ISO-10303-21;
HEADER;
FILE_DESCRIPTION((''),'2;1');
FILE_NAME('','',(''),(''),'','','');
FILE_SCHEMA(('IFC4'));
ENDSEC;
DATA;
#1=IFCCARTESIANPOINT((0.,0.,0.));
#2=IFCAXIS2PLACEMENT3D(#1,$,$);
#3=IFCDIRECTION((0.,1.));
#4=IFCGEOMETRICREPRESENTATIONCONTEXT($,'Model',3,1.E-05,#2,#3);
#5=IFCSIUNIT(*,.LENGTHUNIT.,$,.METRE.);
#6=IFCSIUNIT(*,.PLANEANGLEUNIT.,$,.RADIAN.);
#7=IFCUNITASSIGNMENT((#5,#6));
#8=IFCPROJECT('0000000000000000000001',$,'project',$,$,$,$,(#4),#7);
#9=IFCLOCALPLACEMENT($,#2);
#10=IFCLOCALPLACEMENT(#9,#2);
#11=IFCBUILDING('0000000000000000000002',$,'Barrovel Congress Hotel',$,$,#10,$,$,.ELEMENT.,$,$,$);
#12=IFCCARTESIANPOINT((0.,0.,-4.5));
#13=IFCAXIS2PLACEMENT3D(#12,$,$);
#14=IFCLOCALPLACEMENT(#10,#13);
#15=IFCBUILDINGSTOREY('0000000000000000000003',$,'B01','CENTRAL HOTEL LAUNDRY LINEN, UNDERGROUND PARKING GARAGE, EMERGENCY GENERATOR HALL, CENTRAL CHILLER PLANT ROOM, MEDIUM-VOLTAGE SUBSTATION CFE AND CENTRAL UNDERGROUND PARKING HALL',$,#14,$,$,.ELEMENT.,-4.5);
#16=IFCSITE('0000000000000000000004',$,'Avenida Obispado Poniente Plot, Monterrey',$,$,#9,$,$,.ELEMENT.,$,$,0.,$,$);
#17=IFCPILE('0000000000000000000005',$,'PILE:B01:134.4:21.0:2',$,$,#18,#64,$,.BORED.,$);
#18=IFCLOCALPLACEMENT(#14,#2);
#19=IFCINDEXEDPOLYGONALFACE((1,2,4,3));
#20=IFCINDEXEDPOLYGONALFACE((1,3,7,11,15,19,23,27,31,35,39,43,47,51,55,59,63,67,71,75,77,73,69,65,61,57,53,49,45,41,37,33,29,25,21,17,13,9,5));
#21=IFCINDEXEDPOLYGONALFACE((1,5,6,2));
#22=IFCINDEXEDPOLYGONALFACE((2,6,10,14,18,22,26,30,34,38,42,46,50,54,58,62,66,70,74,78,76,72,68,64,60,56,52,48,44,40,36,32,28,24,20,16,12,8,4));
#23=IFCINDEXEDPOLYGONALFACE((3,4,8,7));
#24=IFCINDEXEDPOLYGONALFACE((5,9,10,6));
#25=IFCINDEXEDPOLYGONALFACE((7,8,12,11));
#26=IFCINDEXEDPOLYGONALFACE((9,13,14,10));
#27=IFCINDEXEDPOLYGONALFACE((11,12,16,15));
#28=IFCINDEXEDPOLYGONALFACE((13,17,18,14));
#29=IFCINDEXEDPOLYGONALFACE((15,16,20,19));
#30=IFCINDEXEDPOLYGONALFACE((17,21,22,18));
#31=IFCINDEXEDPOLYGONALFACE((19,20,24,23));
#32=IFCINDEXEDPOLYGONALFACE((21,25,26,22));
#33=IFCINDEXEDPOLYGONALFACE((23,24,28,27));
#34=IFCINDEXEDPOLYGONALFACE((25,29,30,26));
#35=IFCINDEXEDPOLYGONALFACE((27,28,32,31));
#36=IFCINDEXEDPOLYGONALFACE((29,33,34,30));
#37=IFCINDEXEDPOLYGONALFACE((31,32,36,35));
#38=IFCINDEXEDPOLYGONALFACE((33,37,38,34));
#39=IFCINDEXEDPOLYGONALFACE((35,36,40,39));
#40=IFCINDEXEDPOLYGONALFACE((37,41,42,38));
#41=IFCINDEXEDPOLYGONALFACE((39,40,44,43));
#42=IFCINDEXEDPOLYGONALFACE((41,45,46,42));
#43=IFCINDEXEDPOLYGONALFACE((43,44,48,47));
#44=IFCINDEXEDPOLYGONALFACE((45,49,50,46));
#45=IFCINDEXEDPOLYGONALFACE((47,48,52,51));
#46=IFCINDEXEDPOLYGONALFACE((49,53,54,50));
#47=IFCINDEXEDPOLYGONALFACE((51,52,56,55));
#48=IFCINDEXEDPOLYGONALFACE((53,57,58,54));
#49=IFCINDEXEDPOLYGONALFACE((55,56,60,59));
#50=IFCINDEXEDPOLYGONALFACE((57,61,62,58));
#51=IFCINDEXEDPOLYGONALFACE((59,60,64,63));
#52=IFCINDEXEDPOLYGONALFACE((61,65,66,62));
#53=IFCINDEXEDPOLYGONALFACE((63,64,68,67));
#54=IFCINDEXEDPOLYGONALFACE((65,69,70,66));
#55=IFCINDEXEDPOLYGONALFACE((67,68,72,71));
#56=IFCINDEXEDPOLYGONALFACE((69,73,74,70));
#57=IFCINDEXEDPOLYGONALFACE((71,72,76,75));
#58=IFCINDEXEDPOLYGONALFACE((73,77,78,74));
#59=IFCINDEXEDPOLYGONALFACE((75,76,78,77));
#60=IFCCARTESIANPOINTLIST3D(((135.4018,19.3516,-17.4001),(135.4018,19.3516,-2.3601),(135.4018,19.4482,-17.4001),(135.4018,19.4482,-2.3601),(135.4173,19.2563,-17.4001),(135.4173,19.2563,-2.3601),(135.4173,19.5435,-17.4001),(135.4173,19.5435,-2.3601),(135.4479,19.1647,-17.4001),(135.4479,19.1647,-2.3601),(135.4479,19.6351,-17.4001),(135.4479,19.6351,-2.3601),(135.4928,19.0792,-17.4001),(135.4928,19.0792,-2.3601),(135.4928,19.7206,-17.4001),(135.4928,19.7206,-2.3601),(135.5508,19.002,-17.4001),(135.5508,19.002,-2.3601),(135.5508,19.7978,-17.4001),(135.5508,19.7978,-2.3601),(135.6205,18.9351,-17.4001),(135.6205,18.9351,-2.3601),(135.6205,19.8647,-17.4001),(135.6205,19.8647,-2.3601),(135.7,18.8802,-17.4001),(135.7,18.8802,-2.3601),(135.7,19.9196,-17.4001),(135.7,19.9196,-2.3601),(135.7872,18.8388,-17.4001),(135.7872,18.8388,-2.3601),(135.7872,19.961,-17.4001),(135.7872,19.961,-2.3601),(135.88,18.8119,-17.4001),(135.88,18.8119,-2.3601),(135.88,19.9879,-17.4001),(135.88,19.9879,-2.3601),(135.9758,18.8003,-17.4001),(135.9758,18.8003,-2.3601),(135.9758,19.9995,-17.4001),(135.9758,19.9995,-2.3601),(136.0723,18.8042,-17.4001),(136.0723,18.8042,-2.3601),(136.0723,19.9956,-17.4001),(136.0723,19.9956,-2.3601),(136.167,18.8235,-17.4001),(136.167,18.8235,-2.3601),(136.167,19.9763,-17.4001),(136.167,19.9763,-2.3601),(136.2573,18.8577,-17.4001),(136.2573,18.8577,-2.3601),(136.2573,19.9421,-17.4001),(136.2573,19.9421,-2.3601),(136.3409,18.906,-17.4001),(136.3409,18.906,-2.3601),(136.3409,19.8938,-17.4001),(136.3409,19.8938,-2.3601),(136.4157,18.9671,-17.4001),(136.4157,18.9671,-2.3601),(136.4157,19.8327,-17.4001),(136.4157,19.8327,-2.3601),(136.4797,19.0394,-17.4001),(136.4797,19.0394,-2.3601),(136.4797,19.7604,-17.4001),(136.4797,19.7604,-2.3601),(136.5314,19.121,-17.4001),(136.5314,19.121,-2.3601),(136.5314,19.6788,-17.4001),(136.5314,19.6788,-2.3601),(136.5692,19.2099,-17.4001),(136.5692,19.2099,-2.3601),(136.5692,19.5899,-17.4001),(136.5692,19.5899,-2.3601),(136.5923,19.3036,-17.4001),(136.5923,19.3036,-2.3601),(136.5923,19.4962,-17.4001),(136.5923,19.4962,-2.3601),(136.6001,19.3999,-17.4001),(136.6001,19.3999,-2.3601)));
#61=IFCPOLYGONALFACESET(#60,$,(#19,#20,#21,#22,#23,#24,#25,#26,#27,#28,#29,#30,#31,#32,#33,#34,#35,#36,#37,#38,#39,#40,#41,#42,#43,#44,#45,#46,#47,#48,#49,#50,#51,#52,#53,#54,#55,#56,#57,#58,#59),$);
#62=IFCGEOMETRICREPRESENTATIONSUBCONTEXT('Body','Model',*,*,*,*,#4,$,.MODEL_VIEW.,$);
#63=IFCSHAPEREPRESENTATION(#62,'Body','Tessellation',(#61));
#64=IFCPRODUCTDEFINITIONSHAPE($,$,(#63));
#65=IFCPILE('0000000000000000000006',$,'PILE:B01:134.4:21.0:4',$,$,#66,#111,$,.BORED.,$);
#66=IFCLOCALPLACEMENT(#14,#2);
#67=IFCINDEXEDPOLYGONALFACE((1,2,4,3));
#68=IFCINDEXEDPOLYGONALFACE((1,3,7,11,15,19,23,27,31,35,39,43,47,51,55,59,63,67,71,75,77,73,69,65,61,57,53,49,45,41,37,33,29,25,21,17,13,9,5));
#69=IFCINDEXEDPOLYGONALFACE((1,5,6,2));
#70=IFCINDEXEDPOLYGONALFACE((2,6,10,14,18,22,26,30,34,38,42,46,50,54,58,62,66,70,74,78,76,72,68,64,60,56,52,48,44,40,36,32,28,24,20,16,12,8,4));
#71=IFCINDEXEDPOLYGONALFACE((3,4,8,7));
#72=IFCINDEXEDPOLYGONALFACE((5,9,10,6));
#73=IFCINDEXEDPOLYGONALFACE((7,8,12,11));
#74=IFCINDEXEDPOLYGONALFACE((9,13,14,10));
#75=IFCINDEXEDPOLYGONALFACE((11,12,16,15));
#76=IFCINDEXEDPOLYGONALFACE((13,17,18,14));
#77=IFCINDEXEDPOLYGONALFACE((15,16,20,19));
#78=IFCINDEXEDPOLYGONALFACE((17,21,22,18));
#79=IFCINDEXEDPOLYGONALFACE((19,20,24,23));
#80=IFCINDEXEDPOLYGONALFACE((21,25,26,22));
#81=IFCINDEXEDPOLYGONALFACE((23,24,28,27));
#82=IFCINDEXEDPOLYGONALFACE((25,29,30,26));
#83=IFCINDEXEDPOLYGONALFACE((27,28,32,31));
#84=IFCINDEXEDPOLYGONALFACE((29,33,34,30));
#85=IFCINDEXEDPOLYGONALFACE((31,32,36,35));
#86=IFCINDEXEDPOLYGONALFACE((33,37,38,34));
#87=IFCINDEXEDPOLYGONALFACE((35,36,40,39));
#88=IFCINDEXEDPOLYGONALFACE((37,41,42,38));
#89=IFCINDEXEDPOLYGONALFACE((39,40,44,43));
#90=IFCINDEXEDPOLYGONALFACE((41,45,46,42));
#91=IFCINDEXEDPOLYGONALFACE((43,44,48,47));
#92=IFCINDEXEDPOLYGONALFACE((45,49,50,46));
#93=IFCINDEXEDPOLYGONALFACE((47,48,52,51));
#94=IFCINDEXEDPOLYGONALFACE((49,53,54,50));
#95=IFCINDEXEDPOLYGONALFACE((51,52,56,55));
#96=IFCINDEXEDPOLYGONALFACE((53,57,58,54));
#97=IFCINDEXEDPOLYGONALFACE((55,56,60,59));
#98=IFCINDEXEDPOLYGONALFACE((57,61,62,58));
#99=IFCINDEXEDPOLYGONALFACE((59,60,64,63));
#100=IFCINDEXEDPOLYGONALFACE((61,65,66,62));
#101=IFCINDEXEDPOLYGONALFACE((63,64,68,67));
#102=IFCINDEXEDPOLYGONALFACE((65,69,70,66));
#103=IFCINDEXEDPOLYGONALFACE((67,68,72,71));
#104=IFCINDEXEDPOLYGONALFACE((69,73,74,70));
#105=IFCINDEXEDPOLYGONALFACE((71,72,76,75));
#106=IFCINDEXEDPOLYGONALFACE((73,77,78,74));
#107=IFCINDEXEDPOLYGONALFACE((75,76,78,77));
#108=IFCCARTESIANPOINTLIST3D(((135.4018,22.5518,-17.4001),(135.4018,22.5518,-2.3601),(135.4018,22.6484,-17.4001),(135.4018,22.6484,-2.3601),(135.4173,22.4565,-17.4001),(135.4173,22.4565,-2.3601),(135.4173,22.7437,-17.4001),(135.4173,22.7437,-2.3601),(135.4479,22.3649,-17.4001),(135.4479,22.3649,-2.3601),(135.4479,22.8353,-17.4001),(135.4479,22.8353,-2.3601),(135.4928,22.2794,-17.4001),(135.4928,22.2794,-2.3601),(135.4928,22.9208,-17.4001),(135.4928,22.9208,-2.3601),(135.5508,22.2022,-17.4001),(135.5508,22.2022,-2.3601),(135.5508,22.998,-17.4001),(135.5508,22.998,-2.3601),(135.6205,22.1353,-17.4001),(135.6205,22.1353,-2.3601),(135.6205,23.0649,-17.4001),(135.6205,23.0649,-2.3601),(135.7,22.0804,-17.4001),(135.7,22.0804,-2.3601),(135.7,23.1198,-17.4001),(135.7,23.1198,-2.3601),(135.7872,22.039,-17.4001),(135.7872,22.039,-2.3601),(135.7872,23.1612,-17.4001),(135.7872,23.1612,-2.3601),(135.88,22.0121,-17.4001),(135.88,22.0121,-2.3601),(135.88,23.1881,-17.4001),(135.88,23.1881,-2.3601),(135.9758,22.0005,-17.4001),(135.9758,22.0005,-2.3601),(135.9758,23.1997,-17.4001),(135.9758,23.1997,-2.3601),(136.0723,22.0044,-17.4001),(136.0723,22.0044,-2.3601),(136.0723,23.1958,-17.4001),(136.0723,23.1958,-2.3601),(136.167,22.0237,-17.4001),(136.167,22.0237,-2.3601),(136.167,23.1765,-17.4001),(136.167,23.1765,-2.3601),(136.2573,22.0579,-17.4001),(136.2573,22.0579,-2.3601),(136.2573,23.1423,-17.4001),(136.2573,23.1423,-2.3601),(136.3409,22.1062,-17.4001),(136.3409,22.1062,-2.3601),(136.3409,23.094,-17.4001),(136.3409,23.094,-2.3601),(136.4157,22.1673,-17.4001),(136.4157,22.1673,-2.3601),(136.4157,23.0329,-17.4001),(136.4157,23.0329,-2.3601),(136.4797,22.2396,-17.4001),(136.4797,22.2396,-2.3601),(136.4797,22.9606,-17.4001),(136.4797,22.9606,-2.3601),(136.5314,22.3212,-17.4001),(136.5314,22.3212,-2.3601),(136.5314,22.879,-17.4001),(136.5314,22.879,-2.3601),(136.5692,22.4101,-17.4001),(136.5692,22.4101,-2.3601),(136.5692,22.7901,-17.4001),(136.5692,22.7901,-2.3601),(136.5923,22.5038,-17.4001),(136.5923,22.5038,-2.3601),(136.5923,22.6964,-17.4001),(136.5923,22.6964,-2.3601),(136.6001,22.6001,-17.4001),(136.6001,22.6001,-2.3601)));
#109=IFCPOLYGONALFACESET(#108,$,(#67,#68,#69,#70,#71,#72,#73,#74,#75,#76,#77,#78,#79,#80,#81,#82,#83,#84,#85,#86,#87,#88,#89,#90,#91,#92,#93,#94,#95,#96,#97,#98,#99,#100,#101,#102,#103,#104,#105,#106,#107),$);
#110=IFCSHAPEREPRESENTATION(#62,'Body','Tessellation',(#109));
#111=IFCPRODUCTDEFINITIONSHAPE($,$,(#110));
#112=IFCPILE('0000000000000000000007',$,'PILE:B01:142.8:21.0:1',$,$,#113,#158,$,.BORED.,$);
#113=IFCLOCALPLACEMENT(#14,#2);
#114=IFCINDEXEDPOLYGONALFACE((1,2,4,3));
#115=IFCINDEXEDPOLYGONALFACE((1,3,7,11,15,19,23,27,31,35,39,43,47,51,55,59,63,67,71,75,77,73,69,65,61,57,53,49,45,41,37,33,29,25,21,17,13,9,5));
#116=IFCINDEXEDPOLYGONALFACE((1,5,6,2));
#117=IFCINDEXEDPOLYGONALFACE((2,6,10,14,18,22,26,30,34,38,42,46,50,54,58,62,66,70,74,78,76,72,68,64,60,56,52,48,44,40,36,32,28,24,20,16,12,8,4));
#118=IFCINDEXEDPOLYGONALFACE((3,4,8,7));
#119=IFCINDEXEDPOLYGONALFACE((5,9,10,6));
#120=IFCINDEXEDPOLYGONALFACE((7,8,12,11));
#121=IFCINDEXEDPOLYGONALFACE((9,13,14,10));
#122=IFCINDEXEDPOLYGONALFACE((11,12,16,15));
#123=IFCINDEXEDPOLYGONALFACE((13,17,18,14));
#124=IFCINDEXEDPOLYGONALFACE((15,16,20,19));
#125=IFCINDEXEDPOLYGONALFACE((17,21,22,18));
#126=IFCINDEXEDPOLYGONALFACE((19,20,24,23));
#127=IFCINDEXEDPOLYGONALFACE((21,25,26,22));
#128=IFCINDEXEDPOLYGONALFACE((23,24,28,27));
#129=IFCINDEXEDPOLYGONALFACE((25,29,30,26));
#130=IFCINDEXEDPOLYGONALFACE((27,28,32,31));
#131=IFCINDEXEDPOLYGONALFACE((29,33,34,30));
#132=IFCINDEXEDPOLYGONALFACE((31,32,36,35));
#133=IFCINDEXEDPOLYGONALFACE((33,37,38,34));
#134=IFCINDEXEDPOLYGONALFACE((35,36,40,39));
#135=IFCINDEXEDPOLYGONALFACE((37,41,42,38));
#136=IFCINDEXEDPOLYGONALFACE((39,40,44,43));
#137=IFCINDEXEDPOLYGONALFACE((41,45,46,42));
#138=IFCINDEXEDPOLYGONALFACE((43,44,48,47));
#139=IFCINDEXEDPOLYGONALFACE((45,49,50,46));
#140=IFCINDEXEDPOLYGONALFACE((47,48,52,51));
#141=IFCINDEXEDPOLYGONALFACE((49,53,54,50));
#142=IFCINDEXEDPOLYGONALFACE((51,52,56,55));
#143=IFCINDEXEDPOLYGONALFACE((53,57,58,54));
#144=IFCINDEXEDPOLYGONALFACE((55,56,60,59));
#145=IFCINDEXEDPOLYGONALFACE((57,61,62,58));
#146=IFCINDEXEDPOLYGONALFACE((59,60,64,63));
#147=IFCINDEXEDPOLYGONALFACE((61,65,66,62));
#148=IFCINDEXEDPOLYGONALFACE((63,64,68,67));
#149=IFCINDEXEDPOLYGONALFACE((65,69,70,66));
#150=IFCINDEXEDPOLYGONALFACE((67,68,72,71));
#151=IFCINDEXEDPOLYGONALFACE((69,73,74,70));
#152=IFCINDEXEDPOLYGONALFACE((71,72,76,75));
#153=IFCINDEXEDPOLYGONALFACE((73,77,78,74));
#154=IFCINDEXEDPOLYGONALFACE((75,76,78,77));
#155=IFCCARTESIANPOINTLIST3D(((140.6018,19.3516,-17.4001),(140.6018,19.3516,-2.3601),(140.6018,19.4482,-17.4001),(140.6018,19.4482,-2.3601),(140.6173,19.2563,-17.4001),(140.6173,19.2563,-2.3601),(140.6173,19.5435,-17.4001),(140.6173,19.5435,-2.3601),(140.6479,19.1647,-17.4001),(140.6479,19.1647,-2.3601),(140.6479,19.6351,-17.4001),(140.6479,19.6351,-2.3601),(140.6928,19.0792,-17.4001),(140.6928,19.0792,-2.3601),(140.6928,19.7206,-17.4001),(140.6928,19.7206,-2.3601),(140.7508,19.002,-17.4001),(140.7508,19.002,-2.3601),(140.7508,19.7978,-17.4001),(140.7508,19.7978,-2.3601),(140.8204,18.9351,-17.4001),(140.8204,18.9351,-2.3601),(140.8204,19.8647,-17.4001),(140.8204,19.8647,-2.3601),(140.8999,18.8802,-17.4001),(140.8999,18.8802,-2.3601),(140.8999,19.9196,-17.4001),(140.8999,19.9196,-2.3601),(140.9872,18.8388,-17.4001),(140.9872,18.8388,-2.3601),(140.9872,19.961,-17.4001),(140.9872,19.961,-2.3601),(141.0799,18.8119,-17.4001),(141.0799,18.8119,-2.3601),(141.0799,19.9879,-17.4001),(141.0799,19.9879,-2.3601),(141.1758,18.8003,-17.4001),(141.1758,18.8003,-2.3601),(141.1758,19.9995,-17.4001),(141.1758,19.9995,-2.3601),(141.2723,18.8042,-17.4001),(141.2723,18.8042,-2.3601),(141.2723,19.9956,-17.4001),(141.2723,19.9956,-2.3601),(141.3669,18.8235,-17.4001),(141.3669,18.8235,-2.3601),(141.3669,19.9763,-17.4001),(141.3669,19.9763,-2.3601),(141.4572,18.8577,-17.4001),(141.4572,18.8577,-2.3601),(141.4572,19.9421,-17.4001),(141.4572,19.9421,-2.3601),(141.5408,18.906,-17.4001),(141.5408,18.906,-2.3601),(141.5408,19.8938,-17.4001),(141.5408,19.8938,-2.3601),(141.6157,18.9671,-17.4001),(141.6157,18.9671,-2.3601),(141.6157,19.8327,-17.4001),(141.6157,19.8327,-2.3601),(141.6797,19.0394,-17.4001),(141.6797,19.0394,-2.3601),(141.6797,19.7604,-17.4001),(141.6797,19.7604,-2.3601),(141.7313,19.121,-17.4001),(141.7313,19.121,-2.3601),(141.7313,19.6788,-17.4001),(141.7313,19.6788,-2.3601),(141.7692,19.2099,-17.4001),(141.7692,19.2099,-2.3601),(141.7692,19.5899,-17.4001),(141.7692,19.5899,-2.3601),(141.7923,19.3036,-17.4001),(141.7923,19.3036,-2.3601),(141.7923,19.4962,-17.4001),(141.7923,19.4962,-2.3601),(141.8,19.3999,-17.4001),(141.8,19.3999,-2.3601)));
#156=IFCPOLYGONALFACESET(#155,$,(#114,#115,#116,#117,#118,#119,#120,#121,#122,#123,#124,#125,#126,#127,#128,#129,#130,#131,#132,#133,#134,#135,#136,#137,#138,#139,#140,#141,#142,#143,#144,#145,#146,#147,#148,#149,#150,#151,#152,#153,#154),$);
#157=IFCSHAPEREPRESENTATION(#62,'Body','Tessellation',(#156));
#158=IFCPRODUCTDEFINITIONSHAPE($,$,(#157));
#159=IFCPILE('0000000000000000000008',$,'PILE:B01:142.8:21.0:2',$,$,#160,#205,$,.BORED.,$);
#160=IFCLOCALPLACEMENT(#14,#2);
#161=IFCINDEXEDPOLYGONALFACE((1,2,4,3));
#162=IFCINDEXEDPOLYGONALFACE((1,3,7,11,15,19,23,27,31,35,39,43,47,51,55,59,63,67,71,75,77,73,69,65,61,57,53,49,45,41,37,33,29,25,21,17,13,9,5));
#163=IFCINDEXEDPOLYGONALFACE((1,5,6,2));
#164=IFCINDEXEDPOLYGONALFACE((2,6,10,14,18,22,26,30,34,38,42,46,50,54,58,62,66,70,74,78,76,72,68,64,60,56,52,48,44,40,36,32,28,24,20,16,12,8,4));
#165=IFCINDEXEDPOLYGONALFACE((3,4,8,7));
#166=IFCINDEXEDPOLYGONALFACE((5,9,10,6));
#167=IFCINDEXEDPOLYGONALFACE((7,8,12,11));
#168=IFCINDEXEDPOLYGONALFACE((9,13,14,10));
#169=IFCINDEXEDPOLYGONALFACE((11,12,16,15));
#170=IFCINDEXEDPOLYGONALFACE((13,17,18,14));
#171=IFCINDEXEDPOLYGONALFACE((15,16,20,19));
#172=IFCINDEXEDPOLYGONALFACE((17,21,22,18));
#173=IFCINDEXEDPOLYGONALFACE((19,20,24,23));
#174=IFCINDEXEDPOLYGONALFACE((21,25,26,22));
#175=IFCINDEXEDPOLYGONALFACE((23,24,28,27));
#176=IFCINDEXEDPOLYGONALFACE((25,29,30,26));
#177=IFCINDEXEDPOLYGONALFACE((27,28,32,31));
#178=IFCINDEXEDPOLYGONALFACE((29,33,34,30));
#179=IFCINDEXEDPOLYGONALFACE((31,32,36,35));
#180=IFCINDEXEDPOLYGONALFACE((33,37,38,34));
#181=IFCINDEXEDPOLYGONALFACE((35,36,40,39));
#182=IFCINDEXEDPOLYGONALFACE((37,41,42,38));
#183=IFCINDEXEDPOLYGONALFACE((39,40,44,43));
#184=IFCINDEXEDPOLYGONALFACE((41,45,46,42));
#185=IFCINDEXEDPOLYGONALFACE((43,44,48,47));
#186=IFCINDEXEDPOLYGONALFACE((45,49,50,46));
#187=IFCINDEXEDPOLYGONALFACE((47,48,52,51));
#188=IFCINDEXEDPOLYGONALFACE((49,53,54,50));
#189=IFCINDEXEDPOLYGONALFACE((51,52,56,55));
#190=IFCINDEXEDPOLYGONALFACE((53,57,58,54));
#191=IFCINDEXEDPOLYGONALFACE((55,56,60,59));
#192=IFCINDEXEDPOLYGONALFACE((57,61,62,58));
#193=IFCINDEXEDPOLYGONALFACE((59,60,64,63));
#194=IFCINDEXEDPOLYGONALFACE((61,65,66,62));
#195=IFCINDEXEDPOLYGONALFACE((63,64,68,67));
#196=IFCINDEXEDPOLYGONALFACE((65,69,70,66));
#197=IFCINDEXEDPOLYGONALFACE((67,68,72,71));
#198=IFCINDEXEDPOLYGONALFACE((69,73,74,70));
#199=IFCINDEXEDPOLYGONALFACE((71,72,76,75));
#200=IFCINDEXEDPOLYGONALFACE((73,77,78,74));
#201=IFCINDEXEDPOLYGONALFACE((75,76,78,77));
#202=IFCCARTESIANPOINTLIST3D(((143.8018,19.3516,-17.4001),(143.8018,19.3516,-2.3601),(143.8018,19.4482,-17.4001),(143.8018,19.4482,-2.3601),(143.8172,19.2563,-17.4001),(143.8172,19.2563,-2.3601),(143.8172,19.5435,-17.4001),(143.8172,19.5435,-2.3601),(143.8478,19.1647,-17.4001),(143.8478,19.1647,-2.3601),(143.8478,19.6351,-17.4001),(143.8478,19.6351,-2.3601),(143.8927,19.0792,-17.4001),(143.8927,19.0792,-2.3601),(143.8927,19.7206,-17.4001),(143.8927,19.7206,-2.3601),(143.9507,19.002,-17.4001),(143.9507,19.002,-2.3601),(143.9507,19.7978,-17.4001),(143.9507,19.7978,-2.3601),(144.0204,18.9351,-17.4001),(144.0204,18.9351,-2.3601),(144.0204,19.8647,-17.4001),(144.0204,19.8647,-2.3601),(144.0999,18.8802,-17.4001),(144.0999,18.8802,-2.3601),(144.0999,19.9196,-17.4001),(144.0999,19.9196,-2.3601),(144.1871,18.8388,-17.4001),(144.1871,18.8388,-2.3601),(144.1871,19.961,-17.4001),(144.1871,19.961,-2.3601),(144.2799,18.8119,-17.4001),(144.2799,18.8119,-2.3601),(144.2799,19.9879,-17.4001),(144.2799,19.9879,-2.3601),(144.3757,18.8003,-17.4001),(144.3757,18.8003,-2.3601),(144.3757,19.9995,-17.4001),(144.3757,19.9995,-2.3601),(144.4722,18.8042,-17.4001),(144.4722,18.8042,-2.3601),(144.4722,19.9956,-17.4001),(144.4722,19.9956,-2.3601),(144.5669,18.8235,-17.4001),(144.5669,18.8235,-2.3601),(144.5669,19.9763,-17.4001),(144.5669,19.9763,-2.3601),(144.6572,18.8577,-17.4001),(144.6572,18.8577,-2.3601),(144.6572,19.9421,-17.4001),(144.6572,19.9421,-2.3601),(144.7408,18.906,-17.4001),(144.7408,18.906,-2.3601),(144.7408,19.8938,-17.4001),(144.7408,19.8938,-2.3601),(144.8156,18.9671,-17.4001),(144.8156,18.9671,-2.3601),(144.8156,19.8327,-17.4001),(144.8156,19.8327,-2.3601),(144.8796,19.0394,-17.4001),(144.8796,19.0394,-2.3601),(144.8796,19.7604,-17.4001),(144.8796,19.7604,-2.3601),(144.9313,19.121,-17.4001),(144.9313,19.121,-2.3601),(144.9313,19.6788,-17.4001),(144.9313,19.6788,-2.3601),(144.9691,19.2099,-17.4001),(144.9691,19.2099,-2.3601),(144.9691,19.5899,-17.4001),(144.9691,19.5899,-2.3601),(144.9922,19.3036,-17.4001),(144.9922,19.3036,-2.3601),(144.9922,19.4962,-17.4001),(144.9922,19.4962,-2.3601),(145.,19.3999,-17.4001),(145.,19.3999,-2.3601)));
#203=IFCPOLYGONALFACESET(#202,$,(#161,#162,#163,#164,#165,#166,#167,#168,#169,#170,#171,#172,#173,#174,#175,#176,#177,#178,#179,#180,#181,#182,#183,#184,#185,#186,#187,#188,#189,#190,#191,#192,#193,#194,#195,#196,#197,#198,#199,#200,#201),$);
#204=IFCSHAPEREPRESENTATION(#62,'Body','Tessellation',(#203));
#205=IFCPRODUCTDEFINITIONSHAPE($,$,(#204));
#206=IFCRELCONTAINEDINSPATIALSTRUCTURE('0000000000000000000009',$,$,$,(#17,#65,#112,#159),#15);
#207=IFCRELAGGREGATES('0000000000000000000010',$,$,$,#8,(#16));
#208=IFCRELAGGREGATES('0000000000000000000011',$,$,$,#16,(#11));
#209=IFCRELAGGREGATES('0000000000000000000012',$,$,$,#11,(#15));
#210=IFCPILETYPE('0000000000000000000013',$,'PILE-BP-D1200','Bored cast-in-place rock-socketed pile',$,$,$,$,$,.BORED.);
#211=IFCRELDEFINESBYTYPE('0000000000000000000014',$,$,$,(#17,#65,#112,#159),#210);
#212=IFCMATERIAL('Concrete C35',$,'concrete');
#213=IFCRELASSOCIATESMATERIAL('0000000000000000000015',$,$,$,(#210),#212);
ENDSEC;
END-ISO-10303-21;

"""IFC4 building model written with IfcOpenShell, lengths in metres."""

from ifc_helpers import new_model, si_unit, direction, frame, origin, origin_2d, place, context, subcontext, project, spatial, circle, extrude, material, material_profile, profile_set, type_object, element, save


model = new_model("IFC4")

# Units and contexts
model_context = context("Model", 3, precision=1e-05, world=origin(), true_north=direction((0.0, 1.0)))
body_context = subcontext(model_context, "Body", "Model", "MODEL_VIEW")
ifc_project = project(units=[si_unit("LENGTHUNIT", "METRE"), si_unit("PLANEANGLEUNIT", "RADIAN")], contexts=[model_context])

# Site, building, storey
site_placement = place(None, origin())
site = spatial("IfcSite", under=ifc_project, at=site_placement, Name="Avenida Obispado Poniente Plot, Monterrey", CompositionType="ELEMENT", RefElevation=0.0)
building_placement = place(site_placement, origin())
building = spatial("IfcBuilding", under=site, at=building_placement, Name="Barrovel Congress Hotel", CompositionType="ELEMENT")
storey_placement = place(building_placement, frame((0.0, 0.0, -4.5)))
storey = spatial("IfcBuildingStorey", under=building, at=storey_placement, Name="B01", Description="CENTRAL HOTEL LAUNDRY LINEN, UNDERGROUND PARKING GARAGE, EMERGENCY GENERATOR HALL, CENTRAL CHILLER PLANT ROOM, MEDIUM-VOLTAGE SUBSTATION CFE AND CENTRAL UNDERGROUND PARKING HALL", CompositionType="ELEMENT", Elevation=-4.5)

# Piles
ifc_material_1 = material(Name="Concrete C35", Category="concrete")
ifc_material_profile_1 = material_profile(ifc_material_1, circle(Radius=0.6001, at=origin_2d()), Name="BP-D1200")
ifc_profile_set_1 = profile_set([ifc_material_profile_1], Name="Concrete C35")
pile_type_1 = type_object("IfcPileType", Name="PILE-BP-D1200", Description="Bored cast-in-place rock-socketed pile", PredefinedType="BORED", material=ifc_profile_set_1)
for number, where, z_axis, x_axis, name in (
    (1, (136.0, 19.3999, -2.3601), (0.0, 0.0, -1.0), (1.0, 0.0, 0.0), "PILE:B01:134.4:21.0:2"),
    (2, (136.0, 22.6001, -2.3601), (0.0, 0.0, -1.0), (1.0, 0.0, 0.0), "PILE:B01:134.4:21.0:4"),
    (3, (141.2, 19.3999, -2.3601), (0.0, 0.0, -1.0), (1.0, 0.0, 0.0), "PILE:B01:142.8:21.0:1"),
    (4, (144.3999, 19.3999, -2.3601), (0.0, 0.0, -1.0), (1.0, 0.0, 0.0), "PILE:B01:142.8:21.0:2"),
):
    element("IfcPile", number, at=place(storey_placement, frame(where, z_axis=z_axis, x_axis=x_axis)), inside=storey, type_object=pile_type_1, Name=name, PredefinedType="BORED", context=body_context, shape_type="SweptSolid", body=[
        extrude(circle(Radius=0.6001, at=origin_2d()), origin(), (0.0, 0.0, 1.0), 15.04),
    ])

save(model, "model.ifc")
